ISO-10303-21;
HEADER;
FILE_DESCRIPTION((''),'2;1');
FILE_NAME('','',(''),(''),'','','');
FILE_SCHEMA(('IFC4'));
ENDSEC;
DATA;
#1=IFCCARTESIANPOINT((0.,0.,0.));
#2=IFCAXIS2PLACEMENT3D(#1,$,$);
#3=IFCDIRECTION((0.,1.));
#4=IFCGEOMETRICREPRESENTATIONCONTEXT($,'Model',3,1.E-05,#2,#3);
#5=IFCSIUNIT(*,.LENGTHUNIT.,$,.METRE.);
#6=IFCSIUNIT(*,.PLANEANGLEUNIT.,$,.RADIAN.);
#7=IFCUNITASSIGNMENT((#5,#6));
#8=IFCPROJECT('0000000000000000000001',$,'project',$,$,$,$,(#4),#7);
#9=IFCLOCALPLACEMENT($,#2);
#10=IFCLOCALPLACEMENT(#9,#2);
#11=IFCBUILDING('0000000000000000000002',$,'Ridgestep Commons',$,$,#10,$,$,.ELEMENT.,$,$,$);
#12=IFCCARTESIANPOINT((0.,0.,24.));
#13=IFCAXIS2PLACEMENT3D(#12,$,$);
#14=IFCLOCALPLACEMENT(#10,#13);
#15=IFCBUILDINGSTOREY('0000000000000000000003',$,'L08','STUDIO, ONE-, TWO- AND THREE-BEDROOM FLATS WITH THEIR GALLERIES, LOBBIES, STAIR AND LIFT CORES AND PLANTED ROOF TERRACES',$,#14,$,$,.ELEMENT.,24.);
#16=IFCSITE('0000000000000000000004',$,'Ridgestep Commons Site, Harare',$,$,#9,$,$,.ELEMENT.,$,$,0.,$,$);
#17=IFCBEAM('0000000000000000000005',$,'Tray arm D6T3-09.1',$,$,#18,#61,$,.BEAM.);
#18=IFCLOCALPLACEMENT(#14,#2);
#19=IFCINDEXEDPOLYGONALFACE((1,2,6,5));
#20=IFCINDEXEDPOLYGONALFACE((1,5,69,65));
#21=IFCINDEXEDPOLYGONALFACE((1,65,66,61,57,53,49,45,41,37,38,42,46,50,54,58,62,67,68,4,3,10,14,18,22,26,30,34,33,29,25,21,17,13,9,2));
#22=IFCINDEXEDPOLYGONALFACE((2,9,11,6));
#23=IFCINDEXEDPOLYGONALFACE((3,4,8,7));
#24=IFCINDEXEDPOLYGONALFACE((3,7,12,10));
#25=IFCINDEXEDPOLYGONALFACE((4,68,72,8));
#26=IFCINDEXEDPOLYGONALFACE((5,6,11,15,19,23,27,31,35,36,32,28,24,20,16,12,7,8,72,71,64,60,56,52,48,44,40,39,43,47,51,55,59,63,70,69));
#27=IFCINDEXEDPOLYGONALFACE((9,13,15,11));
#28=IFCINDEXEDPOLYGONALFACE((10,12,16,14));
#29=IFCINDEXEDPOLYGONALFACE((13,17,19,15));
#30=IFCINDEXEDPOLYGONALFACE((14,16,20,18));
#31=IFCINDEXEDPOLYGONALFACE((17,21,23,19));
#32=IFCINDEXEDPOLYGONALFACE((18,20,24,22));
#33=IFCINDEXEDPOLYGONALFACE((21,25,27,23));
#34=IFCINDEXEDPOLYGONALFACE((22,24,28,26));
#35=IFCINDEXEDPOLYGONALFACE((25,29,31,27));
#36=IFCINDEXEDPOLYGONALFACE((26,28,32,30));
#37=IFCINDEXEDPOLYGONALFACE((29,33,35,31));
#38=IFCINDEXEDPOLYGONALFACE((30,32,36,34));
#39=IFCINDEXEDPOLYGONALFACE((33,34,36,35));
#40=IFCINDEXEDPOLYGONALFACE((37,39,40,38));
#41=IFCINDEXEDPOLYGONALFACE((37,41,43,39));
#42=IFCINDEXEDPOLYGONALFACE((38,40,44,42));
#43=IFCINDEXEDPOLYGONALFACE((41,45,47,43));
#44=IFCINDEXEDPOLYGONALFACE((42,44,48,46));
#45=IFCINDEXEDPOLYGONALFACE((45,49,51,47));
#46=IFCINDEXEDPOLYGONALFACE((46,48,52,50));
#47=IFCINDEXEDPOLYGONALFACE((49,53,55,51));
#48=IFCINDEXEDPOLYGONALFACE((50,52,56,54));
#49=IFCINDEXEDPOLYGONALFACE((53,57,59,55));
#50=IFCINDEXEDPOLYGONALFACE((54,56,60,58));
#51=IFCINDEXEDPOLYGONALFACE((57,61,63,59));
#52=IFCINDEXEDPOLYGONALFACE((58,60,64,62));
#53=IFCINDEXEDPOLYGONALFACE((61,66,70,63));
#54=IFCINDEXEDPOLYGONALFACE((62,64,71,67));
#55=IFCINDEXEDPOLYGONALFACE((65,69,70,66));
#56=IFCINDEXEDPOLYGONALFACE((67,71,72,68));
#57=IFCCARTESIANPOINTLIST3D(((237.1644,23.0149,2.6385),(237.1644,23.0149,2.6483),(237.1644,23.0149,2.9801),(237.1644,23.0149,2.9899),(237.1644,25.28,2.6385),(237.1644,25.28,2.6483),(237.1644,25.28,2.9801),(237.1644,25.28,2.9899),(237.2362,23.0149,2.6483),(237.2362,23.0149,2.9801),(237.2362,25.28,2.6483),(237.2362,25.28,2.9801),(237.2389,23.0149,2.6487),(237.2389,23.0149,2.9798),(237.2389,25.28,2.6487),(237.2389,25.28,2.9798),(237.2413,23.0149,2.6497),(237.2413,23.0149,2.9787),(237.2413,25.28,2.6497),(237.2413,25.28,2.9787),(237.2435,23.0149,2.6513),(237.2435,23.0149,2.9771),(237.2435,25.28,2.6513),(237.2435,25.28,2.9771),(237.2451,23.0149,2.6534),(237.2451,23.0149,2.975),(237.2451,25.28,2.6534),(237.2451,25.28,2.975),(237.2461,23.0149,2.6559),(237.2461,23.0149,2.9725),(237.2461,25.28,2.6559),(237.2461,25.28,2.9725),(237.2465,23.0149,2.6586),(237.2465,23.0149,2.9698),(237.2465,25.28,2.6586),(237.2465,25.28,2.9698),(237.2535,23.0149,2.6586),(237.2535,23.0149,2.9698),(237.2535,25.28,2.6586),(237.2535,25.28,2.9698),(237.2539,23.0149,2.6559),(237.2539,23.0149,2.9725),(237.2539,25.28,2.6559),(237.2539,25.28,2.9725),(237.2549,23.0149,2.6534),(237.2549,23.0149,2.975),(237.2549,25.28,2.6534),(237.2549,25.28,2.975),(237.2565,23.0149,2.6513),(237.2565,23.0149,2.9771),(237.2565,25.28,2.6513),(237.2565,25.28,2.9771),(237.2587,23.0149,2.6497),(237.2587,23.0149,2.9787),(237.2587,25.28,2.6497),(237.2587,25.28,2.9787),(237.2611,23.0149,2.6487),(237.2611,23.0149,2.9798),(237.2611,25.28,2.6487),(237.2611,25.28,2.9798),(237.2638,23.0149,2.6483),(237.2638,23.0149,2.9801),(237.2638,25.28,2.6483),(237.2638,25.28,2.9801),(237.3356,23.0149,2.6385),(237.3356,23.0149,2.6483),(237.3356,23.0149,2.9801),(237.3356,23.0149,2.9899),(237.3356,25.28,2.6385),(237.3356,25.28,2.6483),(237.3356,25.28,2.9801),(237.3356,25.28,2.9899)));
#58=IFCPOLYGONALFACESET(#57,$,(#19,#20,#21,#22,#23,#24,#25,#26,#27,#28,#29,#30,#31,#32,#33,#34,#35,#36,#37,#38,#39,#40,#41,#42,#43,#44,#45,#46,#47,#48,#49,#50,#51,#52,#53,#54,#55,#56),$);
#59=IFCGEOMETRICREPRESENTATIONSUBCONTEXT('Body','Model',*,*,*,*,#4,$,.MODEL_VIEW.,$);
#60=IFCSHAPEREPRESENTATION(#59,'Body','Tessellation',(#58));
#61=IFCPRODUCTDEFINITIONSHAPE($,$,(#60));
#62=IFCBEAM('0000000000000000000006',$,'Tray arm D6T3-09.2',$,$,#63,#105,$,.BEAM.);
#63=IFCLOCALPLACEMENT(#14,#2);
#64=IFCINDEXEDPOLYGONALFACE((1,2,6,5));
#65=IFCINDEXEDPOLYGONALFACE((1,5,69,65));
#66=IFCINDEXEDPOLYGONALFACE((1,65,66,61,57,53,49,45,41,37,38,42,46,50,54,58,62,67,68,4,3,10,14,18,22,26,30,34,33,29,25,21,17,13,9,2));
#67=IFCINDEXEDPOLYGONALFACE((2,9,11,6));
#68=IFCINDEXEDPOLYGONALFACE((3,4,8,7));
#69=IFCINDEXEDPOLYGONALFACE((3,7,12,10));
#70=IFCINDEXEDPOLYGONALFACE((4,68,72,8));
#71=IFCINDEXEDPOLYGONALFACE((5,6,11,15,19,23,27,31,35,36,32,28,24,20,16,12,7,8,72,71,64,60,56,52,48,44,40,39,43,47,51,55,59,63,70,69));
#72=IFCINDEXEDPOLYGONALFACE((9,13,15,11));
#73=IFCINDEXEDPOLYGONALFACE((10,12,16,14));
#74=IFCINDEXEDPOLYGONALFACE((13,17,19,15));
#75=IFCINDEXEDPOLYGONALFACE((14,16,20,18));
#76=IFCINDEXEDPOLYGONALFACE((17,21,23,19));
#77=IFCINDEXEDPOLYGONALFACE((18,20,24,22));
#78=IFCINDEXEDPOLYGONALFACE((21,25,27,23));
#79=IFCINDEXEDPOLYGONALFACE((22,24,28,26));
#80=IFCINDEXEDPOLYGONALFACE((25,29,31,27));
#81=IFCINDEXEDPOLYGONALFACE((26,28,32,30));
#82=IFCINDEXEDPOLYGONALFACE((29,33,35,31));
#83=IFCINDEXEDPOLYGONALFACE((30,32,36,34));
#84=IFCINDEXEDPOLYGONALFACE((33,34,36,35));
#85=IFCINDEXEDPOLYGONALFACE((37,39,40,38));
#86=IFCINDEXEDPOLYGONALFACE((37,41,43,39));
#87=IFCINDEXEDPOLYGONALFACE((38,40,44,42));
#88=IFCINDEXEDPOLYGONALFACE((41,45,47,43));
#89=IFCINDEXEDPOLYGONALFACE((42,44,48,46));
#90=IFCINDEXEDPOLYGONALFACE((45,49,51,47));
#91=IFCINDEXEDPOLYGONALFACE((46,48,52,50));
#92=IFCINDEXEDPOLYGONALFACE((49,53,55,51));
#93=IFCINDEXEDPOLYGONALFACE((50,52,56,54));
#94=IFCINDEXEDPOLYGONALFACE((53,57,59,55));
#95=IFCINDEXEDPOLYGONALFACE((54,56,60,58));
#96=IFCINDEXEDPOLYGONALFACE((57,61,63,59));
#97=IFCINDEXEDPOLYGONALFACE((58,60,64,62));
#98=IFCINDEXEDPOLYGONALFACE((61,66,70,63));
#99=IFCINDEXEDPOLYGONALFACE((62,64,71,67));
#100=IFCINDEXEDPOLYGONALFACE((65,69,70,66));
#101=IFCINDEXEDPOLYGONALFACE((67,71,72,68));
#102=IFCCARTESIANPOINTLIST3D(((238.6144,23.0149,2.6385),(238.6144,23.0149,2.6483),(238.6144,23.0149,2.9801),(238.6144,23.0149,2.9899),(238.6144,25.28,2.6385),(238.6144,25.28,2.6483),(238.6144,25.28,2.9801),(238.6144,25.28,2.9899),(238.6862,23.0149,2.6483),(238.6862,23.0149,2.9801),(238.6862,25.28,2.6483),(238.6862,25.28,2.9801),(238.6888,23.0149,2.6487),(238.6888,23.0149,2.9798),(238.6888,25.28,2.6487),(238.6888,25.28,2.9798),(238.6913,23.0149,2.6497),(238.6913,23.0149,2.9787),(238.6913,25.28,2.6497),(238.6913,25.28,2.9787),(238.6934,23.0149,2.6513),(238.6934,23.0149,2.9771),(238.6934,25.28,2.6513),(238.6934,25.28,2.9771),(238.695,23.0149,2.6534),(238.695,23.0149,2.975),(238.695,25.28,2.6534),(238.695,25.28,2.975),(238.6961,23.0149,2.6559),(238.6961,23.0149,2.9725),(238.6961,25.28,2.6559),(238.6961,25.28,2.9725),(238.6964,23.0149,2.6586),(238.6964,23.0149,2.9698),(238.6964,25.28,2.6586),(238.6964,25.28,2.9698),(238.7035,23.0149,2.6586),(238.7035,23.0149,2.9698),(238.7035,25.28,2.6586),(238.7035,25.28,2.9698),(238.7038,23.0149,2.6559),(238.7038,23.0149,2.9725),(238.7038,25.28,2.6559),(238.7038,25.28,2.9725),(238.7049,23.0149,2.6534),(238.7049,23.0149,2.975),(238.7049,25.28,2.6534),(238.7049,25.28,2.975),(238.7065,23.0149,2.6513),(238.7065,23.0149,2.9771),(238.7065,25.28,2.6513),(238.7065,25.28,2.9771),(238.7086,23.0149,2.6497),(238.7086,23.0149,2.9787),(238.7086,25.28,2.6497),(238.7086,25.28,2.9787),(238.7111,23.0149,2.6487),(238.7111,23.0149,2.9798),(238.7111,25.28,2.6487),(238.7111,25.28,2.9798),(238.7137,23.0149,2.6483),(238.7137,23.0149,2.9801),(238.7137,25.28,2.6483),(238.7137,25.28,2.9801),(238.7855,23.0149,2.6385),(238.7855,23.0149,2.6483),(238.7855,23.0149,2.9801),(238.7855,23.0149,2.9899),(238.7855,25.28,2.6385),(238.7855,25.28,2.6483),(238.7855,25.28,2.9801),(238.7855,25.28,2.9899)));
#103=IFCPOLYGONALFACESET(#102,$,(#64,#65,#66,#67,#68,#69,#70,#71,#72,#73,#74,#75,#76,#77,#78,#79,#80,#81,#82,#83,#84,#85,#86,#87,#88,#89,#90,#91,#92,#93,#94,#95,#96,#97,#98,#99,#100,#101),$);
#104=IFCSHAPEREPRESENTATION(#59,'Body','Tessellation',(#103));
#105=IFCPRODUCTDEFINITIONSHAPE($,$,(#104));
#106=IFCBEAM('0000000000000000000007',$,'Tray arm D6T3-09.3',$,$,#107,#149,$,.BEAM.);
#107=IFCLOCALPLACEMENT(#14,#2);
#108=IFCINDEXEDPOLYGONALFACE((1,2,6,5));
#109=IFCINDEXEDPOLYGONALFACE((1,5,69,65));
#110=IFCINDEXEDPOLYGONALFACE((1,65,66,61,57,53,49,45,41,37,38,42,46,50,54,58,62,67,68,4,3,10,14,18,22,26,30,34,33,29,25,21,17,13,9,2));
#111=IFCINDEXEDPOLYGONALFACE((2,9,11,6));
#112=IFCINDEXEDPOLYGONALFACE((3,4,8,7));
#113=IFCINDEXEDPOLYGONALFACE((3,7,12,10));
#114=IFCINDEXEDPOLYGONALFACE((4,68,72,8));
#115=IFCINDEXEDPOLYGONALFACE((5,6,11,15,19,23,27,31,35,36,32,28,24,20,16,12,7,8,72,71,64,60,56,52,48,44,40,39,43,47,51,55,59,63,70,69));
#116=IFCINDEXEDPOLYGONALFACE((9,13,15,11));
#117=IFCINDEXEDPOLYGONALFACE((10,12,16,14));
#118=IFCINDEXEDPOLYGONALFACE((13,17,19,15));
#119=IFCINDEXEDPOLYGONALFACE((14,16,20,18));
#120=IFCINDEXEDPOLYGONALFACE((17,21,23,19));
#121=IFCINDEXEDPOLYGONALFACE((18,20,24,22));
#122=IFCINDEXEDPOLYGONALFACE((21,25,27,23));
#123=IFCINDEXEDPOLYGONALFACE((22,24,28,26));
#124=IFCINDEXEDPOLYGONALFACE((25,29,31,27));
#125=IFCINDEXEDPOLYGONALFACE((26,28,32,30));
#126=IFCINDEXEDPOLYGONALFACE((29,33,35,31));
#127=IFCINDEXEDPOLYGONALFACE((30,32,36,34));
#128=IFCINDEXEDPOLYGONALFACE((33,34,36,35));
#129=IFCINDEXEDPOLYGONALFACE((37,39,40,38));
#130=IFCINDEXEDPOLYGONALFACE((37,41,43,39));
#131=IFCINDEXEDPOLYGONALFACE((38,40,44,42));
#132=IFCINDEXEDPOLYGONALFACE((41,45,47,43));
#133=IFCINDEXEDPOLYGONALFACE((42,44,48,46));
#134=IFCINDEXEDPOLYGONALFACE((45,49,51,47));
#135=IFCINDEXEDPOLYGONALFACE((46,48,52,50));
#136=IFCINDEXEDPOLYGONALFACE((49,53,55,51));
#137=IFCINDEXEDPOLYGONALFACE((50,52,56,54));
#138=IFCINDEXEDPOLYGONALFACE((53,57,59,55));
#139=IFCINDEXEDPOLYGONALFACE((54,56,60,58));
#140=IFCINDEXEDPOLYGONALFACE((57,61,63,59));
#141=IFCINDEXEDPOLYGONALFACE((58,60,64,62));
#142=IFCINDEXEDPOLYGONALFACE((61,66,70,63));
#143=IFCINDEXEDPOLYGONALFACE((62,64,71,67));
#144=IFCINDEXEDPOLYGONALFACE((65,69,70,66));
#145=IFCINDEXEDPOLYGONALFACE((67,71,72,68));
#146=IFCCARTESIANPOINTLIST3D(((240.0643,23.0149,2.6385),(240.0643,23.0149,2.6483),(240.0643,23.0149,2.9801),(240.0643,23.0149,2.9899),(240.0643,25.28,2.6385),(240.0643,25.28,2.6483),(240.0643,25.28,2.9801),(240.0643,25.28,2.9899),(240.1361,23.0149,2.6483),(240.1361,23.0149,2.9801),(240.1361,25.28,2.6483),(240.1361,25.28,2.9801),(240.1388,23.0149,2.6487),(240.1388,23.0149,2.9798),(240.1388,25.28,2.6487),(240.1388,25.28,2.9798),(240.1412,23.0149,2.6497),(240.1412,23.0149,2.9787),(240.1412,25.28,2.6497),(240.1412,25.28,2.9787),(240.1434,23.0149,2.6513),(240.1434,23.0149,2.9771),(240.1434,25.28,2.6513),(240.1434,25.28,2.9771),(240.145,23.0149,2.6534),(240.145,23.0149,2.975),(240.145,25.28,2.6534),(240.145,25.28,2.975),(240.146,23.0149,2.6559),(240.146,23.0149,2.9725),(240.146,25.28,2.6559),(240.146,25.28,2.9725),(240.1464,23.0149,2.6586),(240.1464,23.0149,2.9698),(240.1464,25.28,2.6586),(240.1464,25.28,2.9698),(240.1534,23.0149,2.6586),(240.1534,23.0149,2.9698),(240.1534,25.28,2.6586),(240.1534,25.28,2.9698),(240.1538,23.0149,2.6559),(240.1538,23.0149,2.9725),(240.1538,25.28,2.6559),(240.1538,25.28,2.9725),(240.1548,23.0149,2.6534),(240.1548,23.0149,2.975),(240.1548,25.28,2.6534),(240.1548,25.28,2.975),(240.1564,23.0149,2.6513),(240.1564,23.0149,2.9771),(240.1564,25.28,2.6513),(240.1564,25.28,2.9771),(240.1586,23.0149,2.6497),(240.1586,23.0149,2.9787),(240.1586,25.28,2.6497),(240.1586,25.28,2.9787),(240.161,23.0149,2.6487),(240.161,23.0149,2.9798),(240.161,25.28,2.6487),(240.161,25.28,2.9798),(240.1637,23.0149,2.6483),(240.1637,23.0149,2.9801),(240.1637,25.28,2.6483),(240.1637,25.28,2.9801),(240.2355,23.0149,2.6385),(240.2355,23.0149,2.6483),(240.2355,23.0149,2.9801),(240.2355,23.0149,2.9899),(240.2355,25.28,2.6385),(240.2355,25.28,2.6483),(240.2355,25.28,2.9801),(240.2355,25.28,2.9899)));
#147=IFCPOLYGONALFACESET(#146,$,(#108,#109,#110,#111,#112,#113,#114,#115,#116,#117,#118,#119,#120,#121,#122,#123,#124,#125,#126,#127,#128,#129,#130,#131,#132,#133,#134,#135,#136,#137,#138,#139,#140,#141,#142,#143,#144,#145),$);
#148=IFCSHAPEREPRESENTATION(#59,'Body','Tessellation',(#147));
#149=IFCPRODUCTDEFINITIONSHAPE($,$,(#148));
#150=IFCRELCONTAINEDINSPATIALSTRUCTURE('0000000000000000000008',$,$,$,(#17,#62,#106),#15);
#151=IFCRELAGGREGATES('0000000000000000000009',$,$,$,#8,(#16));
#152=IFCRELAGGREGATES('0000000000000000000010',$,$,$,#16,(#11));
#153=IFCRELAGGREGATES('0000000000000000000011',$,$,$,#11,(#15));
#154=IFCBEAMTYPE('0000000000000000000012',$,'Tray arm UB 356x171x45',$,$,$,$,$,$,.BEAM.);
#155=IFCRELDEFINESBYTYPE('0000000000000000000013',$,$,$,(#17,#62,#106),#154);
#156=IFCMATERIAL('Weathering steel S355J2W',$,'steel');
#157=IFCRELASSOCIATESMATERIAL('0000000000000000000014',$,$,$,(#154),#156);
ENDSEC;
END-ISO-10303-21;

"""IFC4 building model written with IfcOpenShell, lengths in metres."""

from ifc_helpers import new_model, si_unit, direction, frame, origin, origin_2d, place, context, subcontext, project, spatial, i_section, extrude, material, material_profile, profile_set, type_object, element, save


model = new_model("IFC4")

# Units and contexts
model_context = context("Model", 3, precision=1e-05, world=origin(), true_north=direction((0.0, 1.0)))
body_context = subcontext(model_context, "Body", "Model", "MODEL_VIEW")
ifc_project = project(units=[si_unit("LENGTHUNIT", "METRE"), si_unit("PLANEANGLEUNIT", "RADIAN")], contexts=[model_context])

# Site, building, storey
site_placement = place(None, origin())
site = spatial("IfcSite", under=ifc_project, at=site_placement, Name="Ridgestep Commons Site, Harare", CompositionType="ELEMENT", RefElevation=0.0)
building_placement = place(site_placement, origin())
building = spatial("IfcBuilding", under=site, at=building_placement, Name="Ridgestep Commons", CompositionType="ELEMENT")
storey_placement = place(building_placement, frame((0.0, 0.0, 24.0)))
storey = spatial("IfcBuildingStorey", under=building, at=storey_placement, Name="L08", Description="STUDIO, ONE-, TWO- AND THREE-BEDROOM FLATS WITH THEIR GALLERIES, LOBBIES, STAIR AND LIFT CORES AND PLANTED ROOF TERRACES", CompositionType="ELEMENT", Elevation=24.0)

# Beams
ifc_material_1 = material(Name="Weathering steel S355J2W", Category="steel")
ifc_material_profile_1 = material_profile(ifc_material_1, i_section(OverallWidth=0.1711, OverallDepth=0.3513, WebThickness=0.0071, FlangeThickness=0.0098, FilletRadius=0.0103, at=origin_2d()), Name="UB 356x171x45")
ifc_profile_set_1 = profile_set([ifc_material_profile_1], Name="Weathering steel S355J2W")
beam_type_1 = type_object("IfcBeamType", Name="Tray arm UB 356x171x45", PredefinedType="BEAM", material=ifc_profile_set_1)
for number, where, z_axis, x_axis, name in (
    (1, (237.25, 23.0149, 2.8142), (0.0, 1.0, 0.0), (-1.0, 0.0, 0.0), "Tray arm D6T3-09.1"),
    (2, (238.7, 23.0149, 2.8142), (0.0, 1.0, 0.0), (-1.0, 0.0, 0.0), "Tray arm D6T3-09.2"),
    (3, (240.1499, 23.0149, 2.8142), (0.0, 1.0, 0.0), (-1.0, 0.0, 0.0), "Tray arm D6T3-09.3"),
):
    element("IfcBeam", number, at=place(storey_placement, frame(where, z_axis=z_axis, x_axis=x_axis)), inside=storey, type_object=beam_type_1, Name=name, PredefinedType="BEAM", context=body_context, shape_type="SweptSolid", body=[
        extrude(i_section(OverallWidth=0.1711, OverallDepth=0.3513, WebThickness=0.0071, FlangeThickness=0.0098, FilletRadius=0.0103, at=origin_2d()), origin(), (0.0, 0.0, 1.0), 2.2651),
    ])

save(model, "model.ifc")
